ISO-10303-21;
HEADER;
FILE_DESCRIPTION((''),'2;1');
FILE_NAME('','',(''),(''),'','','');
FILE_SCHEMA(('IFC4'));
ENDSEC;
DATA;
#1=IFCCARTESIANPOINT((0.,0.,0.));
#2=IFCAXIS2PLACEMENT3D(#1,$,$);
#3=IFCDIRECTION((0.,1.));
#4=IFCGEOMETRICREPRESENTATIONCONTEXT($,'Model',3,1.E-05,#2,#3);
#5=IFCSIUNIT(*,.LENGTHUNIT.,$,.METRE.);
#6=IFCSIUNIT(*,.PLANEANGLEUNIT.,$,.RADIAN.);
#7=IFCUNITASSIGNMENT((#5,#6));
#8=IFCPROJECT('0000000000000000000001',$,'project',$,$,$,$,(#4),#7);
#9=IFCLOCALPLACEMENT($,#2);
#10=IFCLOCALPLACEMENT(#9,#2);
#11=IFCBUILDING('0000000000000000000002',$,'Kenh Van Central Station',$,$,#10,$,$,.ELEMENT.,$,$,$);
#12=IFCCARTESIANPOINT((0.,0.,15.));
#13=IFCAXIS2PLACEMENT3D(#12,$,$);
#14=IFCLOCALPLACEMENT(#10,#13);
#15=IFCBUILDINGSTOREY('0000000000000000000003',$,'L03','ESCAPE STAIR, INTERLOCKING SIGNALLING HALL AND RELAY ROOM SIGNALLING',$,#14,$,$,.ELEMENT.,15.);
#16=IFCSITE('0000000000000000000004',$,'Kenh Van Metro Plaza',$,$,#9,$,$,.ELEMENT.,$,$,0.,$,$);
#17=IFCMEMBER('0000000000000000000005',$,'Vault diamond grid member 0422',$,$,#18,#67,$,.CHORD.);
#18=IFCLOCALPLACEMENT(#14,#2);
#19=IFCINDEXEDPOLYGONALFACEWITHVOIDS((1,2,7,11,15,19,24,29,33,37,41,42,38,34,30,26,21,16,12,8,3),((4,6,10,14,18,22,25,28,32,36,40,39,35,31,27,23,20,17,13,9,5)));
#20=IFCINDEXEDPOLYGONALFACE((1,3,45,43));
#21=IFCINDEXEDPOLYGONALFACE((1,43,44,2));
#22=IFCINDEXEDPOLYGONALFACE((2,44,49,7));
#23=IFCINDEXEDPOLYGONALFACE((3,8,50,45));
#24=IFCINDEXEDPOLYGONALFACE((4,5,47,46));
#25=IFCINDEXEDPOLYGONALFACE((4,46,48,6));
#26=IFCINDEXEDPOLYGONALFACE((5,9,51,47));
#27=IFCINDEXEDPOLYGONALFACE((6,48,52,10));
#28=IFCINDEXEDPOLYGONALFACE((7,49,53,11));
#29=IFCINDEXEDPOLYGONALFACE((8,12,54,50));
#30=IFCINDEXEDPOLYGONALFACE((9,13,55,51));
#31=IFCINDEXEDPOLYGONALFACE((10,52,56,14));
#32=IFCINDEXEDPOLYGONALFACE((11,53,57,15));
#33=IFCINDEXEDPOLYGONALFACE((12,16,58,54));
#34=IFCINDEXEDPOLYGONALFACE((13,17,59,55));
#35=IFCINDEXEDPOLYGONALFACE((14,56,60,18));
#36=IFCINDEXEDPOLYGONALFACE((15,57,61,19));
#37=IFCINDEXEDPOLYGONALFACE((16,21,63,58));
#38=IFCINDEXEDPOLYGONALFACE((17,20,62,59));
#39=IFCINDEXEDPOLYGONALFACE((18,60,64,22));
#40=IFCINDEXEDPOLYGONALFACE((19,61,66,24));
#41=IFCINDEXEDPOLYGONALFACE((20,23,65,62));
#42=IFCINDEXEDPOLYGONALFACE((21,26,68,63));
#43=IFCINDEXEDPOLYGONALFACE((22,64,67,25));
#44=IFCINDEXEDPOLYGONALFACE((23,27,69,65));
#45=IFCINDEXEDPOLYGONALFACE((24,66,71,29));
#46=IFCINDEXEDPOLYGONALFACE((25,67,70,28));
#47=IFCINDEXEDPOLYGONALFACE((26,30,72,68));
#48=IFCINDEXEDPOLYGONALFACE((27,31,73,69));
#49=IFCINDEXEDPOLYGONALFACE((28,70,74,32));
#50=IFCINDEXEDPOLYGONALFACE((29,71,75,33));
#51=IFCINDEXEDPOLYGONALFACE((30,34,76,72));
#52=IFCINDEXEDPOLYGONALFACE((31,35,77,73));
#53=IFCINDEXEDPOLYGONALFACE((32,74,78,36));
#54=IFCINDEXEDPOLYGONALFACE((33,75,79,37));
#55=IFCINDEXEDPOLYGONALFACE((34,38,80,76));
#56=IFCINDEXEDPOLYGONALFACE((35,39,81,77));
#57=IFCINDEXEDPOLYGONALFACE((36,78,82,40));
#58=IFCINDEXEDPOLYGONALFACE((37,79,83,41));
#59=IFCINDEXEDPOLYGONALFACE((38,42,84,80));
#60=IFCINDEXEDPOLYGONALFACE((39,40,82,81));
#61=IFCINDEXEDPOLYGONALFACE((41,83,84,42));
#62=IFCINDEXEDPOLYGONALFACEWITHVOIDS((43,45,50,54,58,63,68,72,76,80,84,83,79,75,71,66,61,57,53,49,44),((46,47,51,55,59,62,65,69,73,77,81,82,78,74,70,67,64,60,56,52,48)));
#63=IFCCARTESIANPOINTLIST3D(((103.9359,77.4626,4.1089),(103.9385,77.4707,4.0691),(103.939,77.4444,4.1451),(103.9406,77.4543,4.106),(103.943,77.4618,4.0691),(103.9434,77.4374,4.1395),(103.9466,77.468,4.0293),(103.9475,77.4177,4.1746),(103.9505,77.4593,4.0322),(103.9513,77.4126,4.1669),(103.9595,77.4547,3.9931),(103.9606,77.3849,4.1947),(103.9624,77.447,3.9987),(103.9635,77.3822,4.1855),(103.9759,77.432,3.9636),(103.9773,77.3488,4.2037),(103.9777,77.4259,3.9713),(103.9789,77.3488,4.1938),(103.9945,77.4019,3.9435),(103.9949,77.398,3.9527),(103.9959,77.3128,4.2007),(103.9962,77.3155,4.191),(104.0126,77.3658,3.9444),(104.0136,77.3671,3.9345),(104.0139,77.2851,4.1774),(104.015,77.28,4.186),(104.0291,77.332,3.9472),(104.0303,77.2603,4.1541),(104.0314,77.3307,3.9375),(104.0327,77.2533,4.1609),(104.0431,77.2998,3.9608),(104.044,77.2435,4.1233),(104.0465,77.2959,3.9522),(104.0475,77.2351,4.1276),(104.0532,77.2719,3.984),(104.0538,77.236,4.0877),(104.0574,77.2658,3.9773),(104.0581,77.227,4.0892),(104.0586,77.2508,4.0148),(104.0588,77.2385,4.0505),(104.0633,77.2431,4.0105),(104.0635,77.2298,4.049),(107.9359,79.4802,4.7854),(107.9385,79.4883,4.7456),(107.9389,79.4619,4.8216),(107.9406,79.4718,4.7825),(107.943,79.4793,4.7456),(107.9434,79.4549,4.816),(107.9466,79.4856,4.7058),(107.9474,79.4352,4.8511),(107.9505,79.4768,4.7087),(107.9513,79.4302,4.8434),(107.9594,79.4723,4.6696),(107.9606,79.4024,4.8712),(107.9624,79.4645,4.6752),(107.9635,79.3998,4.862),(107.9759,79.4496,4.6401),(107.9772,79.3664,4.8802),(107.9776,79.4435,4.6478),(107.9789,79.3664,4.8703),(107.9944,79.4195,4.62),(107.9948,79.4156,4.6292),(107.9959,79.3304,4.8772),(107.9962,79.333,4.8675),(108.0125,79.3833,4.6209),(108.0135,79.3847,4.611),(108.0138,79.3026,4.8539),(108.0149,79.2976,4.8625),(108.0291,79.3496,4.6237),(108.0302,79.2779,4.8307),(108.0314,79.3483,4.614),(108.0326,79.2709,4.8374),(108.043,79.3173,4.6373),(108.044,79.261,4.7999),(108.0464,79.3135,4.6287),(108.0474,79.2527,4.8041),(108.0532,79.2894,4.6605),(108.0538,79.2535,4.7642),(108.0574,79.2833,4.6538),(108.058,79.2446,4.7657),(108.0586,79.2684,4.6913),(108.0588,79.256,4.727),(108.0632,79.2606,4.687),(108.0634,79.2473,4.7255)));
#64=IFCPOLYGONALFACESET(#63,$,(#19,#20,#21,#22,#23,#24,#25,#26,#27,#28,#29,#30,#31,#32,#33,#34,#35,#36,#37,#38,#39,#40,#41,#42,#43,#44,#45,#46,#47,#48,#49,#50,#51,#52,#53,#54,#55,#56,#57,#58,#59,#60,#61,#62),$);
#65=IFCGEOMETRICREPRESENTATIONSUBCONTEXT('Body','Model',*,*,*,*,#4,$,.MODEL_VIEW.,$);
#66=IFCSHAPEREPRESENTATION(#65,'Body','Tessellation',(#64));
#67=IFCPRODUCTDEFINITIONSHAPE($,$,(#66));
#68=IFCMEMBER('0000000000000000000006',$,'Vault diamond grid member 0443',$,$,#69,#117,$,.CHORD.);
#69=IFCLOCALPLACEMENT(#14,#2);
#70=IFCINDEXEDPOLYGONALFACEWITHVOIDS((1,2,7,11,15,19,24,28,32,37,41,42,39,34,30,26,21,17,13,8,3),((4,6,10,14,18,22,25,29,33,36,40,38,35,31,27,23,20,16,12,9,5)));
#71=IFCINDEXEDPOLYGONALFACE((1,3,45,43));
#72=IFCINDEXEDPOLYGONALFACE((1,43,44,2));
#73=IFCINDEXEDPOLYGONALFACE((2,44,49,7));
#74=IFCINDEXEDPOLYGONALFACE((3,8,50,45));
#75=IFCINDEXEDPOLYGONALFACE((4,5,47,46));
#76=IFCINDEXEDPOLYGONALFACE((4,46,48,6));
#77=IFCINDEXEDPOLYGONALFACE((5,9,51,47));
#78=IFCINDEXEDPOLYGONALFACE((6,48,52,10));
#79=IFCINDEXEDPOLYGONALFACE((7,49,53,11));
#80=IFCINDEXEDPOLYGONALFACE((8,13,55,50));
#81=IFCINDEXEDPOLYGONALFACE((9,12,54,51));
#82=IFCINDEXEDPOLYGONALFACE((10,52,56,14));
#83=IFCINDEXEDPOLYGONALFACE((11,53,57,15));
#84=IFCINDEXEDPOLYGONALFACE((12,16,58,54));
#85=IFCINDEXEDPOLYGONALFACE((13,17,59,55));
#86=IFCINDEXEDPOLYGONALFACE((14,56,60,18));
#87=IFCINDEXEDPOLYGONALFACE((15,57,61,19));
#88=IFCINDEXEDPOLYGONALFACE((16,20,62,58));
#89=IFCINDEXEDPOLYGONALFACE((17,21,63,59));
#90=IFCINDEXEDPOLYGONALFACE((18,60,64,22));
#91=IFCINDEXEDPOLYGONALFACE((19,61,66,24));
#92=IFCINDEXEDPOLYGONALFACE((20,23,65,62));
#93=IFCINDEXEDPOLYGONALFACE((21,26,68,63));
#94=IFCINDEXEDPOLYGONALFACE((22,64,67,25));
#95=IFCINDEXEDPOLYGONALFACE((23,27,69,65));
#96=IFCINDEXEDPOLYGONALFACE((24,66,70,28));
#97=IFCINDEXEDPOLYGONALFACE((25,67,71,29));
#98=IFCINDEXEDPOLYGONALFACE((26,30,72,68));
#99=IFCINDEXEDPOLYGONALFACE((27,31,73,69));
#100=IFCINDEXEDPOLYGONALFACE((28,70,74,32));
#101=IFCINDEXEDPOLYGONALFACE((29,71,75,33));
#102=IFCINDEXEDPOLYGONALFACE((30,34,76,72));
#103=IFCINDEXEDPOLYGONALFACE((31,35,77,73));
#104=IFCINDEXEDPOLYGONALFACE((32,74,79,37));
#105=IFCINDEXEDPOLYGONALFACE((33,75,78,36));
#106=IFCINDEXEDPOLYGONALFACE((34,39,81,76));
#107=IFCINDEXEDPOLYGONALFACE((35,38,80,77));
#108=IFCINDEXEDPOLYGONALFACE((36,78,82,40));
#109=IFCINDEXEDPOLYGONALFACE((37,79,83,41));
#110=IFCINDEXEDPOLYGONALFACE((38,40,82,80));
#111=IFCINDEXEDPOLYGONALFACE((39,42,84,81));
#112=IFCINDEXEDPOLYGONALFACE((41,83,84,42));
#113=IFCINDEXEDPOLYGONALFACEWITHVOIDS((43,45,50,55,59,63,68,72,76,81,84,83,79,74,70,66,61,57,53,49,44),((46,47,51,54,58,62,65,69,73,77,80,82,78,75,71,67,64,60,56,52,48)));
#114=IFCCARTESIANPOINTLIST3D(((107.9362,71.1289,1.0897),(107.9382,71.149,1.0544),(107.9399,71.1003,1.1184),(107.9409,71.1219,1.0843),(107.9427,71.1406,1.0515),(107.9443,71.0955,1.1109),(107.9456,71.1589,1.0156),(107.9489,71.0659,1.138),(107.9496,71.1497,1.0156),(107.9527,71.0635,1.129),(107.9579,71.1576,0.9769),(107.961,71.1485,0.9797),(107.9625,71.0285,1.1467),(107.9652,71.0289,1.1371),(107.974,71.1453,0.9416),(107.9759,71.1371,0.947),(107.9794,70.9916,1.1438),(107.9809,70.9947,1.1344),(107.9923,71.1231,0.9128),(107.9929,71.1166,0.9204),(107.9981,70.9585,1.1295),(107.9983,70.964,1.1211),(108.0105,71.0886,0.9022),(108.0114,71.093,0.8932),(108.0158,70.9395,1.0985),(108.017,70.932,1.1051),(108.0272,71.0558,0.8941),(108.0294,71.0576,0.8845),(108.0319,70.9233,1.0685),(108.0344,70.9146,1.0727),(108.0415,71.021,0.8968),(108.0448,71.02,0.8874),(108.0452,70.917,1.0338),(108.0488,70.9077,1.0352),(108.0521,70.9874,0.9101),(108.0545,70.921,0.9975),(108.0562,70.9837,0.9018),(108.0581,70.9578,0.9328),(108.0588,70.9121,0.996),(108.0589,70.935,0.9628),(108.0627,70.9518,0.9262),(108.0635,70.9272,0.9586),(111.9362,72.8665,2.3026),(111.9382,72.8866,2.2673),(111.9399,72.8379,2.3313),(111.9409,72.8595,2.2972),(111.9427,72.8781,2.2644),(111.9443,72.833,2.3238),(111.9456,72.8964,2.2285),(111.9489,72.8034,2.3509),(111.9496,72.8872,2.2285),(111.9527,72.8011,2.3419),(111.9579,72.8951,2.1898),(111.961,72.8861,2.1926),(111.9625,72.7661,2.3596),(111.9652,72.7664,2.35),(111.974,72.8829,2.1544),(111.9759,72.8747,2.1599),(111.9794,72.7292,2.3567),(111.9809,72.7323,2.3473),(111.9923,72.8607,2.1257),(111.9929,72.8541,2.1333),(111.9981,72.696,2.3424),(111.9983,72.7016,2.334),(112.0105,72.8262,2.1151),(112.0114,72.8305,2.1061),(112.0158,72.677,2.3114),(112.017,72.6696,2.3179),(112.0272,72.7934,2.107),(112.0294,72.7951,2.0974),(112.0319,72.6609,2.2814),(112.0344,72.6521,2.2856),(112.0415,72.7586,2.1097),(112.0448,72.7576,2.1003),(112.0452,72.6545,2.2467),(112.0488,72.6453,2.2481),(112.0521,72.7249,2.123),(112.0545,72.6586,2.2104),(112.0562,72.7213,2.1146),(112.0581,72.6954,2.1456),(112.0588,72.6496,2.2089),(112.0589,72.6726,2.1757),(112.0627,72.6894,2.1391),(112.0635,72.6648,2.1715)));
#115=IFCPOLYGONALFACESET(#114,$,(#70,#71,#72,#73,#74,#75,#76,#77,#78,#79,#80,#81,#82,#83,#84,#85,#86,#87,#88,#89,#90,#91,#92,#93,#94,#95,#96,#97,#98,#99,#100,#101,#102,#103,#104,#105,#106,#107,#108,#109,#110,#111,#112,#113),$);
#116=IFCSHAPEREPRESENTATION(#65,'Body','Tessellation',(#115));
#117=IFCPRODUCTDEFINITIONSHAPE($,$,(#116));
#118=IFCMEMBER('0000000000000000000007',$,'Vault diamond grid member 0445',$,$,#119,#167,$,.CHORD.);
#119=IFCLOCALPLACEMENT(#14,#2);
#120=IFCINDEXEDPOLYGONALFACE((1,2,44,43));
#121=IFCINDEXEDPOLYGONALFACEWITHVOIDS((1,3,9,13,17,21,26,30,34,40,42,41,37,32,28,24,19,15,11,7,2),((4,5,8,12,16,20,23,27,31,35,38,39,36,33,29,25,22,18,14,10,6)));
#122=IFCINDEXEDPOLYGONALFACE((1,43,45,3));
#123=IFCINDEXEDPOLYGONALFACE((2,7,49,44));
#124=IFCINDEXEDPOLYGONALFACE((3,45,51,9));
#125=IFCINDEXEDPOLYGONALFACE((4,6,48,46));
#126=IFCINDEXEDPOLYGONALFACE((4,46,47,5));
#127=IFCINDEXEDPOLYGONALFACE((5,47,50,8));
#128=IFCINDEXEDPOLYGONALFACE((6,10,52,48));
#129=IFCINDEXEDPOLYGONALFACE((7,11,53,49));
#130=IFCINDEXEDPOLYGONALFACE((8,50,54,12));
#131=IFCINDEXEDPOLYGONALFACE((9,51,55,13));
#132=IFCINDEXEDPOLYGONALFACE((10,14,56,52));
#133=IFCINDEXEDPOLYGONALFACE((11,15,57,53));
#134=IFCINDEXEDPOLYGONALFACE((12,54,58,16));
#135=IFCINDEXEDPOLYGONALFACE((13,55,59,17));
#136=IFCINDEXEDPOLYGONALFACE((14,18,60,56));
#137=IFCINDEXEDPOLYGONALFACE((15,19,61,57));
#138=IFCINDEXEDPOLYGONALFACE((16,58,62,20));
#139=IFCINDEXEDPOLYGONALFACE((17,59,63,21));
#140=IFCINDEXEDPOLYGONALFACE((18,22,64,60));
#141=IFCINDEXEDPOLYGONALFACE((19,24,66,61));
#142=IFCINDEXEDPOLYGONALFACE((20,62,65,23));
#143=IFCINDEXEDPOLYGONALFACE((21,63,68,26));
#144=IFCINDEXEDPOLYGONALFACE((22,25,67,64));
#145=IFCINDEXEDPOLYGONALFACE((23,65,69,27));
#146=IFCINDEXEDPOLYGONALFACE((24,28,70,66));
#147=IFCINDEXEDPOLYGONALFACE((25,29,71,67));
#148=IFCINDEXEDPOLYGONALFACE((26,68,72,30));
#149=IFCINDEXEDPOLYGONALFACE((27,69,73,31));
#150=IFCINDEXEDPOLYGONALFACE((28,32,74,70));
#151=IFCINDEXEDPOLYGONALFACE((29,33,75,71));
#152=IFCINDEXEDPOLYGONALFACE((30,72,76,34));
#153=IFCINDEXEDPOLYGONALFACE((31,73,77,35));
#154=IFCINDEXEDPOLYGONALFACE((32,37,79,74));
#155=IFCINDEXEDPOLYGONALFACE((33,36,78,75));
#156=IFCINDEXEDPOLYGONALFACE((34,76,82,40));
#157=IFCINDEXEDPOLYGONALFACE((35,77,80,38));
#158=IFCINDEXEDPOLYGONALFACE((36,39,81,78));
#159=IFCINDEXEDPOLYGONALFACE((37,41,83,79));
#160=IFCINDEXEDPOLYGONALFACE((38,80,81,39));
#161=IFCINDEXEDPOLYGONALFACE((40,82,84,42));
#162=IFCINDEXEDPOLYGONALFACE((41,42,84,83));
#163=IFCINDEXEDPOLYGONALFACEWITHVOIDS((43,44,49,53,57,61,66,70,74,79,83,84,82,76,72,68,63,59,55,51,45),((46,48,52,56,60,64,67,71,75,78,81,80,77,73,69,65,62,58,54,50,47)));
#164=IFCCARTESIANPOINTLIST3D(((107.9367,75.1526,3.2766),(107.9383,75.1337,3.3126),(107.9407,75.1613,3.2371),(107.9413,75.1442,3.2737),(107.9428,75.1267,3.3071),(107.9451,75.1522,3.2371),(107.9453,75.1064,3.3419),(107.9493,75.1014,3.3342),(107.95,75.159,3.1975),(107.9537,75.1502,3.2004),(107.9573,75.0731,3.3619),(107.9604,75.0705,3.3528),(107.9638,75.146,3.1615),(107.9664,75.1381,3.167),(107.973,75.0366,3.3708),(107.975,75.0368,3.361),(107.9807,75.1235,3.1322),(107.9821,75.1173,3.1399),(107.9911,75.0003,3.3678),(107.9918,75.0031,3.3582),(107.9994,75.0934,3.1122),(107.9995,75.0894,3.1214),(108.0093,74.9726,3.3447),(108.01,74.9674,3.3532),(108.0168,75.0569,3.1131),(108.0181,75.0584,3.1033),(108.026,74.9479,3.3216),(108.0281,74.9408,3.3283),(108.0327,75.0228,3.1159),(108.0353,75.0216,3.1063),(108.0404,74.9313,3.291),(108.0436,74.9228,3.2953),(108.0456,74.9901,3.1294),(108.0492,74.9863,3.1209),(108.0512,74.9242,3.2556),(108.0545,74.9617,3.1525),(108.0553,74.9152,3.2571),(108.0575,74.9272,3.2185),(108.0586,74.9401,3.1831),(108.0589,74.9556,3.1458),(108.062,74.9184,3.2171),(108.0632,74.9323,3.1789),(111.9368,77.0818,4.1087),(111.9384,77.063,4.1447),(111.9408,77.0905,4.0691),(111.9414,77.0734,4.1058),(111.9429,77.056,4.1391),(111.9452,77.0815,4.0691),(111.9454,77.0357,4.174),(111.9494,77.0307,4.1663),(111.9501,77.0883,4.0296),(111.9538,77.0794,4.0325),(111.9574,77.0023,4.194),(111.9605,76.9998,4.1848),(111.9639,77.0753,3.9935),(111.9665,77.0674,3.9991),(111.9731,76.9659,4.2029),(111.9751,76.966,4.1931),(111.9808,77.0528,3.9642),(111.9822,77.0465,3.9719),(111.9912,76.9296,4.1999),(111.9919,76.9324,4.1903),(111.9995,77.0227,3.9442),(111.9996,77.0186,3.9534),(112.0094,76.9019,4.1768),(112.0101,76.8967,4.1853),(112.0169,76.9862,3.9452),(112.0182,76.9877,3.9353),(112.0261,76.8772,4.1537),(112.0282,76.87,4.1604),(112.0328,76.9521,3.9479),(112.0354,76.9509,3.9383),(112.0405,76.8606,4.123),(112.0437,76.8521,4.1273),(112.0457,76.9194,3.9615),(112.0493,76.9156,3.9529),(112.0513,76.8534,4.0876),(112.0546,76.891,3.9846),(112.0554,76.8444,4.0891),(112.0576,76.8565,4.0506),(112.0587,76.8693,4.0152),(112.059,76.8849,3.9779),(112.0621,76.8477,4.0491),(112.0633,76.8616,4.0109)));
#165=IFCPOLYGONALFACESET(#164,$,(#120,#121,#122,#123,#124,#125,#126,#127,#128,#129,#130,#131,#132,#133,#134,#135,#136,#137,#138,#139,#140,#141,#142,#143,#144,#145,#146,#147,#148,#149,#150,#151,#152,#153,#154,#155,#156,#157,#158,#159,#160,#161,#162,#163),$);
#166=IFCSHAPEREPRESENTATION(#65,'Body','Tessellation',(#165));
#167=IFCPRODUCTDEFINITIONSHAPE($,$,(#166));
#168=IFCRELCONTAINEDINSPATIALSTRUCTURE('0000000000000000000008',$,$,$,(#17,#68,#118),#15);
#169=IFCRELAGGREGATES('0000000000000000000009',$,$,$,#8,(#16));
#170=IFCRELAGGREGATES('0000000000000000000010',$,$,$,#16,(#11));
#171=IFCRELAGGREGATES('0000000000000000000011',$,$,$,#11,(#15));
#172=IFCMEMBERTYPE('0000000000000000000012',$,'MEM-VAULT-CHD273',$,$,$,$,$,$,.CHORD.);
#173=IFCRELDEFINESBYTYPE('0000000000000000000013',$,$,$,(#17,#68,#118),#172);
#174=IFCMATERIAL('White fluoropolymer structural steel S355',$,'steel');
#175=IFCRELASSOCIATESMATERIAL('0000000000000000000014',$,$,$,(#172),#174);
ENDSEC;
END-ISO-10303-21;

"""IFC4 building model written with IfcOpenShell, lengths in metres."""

from ifc_helpers import new_model, si_unit, direction, frame, origin, origin_2d, place, context, subcontext, project, spatial, hollow_circle, extrude, material, material_profile, profile_set, type_object, element, save


model = new_model("IFC4")

# Units and contexts
model_context = context("Model", 3, precision=1e-05, world=origin(), true_north=direction((0.0, 1.0)))
body_context = subcontext(model_context, "Body", "Model", "MODEL_VIEW")
ifc_project = project(units=[si_unit("LENGTHUNIT", "METRE"), si_unit("PLANEANGLEUNIT", "RADIAN")], contexts=[model_context])

# Site, building, storey
site_placement = place(None, origin())
site = spatial("IfcSite", under=ifc_project, at=site_placement, Name="Kenh Van Metro Plaza", CompositionType="ELEMENT", RefElevation=0.0)
building_placement = place(site_placement, origin())
building = spatial("IfcBuilding", under=site, at=building_placement, Name="Kenh Van Central Station", CompositionType="ELEMENT")
storey_placement = place(building_placement, frame((0.0, 0.0, 15.0)))
storey = spatial("IfcBuildingStorey", under=building, at=storey_placement, Name="L03", Description="ESCAPE STAIR, INTERLOCKING SIGNALLING HALL AND RELAY ROOM SIGNALLING", CompositionType="ELEMENT", Elevation=15.0)

# Shared definitions
ifc_material_1 = material(Name="White fluoropolymer structural steel S355", Category="steel")

# Members
ifc_material_profile_1 = material_profile(ifc_material_1, hollow_circle(Radius=0.1365, WallThickness=0.01, at=origin_2d()), Name="CHS 273x10")
ifc_profile_set_1 = profile_set([ifc_material_profile_1], Name="White fluoropolymer structural steel S355")
member_type_1 = type_object("IfcMemberType", Name="MEM-VAULT-CHD273", PredefinedType="CHORD", material=ifc_profile_set_1)
member_1_placement = place(storey_placement, frame((104.0, 77.3489, 4.0691), z_axis=(0.882843, 0.445301, 0.149314), x_axis=(-0.45035, 0.892852, 0.0)))
element("IfcMember", 1, at=member_1_placement, inside=storey, type_object=member_type_1, Name="Vault diamond grid member 0422", PredefinedType="CHORD", context=body_context, shape_type="SweptSolid", body=[
    extrude(hollow_circle(Radius=0.1365, WallThickness=0.01, at=origin_2d()), origin(), (0.0, 0.0, 1.0), 4.5308),
])
member_2_placement = place(storey_placement, frame((108.0, 71.0337, 1.0156), z_axis=(0.883664, 0.383852, 0.267947), x_axis=(-0.398421, 0.917203, 0.0)))
element("IfcMember", 2, at=member_2_placement, inside=storey, type_object=member_type_1, Name="Vault diamond grid member 0443", PredefinedType="CHORD", context=body_context, shape_type="SweptSolid", body=[
    extrude(hollow_circle(Radius=0.1365, WallThickness=0.01, at=origin_2d()), origin(), (0.0, 0.0, 1.0), 4.5266),
])
member_3_placement = place(storey_placement, frame((108.0, 75.0383, 3.2371), z_axis=(0.885309, 0.426985, 0.184151), x_axis=(-0.434414, 0.900713, 0.0)))
element("IfcMember", 3, at=member_3_placement, inside=storey, type_object=member_type_1, Name="Vault diamond grid member 0445", PredefinedType="CHORD", context=body_context, shape_type="SweptSolid", body=[
    extrude(hollow_circle(Radius=0.1365, WallThickness=0.01, at=origin_2d()), origin(), (0.0, 0.0, 1.0), 4.5183),
])

save(model, "model.ifc")
